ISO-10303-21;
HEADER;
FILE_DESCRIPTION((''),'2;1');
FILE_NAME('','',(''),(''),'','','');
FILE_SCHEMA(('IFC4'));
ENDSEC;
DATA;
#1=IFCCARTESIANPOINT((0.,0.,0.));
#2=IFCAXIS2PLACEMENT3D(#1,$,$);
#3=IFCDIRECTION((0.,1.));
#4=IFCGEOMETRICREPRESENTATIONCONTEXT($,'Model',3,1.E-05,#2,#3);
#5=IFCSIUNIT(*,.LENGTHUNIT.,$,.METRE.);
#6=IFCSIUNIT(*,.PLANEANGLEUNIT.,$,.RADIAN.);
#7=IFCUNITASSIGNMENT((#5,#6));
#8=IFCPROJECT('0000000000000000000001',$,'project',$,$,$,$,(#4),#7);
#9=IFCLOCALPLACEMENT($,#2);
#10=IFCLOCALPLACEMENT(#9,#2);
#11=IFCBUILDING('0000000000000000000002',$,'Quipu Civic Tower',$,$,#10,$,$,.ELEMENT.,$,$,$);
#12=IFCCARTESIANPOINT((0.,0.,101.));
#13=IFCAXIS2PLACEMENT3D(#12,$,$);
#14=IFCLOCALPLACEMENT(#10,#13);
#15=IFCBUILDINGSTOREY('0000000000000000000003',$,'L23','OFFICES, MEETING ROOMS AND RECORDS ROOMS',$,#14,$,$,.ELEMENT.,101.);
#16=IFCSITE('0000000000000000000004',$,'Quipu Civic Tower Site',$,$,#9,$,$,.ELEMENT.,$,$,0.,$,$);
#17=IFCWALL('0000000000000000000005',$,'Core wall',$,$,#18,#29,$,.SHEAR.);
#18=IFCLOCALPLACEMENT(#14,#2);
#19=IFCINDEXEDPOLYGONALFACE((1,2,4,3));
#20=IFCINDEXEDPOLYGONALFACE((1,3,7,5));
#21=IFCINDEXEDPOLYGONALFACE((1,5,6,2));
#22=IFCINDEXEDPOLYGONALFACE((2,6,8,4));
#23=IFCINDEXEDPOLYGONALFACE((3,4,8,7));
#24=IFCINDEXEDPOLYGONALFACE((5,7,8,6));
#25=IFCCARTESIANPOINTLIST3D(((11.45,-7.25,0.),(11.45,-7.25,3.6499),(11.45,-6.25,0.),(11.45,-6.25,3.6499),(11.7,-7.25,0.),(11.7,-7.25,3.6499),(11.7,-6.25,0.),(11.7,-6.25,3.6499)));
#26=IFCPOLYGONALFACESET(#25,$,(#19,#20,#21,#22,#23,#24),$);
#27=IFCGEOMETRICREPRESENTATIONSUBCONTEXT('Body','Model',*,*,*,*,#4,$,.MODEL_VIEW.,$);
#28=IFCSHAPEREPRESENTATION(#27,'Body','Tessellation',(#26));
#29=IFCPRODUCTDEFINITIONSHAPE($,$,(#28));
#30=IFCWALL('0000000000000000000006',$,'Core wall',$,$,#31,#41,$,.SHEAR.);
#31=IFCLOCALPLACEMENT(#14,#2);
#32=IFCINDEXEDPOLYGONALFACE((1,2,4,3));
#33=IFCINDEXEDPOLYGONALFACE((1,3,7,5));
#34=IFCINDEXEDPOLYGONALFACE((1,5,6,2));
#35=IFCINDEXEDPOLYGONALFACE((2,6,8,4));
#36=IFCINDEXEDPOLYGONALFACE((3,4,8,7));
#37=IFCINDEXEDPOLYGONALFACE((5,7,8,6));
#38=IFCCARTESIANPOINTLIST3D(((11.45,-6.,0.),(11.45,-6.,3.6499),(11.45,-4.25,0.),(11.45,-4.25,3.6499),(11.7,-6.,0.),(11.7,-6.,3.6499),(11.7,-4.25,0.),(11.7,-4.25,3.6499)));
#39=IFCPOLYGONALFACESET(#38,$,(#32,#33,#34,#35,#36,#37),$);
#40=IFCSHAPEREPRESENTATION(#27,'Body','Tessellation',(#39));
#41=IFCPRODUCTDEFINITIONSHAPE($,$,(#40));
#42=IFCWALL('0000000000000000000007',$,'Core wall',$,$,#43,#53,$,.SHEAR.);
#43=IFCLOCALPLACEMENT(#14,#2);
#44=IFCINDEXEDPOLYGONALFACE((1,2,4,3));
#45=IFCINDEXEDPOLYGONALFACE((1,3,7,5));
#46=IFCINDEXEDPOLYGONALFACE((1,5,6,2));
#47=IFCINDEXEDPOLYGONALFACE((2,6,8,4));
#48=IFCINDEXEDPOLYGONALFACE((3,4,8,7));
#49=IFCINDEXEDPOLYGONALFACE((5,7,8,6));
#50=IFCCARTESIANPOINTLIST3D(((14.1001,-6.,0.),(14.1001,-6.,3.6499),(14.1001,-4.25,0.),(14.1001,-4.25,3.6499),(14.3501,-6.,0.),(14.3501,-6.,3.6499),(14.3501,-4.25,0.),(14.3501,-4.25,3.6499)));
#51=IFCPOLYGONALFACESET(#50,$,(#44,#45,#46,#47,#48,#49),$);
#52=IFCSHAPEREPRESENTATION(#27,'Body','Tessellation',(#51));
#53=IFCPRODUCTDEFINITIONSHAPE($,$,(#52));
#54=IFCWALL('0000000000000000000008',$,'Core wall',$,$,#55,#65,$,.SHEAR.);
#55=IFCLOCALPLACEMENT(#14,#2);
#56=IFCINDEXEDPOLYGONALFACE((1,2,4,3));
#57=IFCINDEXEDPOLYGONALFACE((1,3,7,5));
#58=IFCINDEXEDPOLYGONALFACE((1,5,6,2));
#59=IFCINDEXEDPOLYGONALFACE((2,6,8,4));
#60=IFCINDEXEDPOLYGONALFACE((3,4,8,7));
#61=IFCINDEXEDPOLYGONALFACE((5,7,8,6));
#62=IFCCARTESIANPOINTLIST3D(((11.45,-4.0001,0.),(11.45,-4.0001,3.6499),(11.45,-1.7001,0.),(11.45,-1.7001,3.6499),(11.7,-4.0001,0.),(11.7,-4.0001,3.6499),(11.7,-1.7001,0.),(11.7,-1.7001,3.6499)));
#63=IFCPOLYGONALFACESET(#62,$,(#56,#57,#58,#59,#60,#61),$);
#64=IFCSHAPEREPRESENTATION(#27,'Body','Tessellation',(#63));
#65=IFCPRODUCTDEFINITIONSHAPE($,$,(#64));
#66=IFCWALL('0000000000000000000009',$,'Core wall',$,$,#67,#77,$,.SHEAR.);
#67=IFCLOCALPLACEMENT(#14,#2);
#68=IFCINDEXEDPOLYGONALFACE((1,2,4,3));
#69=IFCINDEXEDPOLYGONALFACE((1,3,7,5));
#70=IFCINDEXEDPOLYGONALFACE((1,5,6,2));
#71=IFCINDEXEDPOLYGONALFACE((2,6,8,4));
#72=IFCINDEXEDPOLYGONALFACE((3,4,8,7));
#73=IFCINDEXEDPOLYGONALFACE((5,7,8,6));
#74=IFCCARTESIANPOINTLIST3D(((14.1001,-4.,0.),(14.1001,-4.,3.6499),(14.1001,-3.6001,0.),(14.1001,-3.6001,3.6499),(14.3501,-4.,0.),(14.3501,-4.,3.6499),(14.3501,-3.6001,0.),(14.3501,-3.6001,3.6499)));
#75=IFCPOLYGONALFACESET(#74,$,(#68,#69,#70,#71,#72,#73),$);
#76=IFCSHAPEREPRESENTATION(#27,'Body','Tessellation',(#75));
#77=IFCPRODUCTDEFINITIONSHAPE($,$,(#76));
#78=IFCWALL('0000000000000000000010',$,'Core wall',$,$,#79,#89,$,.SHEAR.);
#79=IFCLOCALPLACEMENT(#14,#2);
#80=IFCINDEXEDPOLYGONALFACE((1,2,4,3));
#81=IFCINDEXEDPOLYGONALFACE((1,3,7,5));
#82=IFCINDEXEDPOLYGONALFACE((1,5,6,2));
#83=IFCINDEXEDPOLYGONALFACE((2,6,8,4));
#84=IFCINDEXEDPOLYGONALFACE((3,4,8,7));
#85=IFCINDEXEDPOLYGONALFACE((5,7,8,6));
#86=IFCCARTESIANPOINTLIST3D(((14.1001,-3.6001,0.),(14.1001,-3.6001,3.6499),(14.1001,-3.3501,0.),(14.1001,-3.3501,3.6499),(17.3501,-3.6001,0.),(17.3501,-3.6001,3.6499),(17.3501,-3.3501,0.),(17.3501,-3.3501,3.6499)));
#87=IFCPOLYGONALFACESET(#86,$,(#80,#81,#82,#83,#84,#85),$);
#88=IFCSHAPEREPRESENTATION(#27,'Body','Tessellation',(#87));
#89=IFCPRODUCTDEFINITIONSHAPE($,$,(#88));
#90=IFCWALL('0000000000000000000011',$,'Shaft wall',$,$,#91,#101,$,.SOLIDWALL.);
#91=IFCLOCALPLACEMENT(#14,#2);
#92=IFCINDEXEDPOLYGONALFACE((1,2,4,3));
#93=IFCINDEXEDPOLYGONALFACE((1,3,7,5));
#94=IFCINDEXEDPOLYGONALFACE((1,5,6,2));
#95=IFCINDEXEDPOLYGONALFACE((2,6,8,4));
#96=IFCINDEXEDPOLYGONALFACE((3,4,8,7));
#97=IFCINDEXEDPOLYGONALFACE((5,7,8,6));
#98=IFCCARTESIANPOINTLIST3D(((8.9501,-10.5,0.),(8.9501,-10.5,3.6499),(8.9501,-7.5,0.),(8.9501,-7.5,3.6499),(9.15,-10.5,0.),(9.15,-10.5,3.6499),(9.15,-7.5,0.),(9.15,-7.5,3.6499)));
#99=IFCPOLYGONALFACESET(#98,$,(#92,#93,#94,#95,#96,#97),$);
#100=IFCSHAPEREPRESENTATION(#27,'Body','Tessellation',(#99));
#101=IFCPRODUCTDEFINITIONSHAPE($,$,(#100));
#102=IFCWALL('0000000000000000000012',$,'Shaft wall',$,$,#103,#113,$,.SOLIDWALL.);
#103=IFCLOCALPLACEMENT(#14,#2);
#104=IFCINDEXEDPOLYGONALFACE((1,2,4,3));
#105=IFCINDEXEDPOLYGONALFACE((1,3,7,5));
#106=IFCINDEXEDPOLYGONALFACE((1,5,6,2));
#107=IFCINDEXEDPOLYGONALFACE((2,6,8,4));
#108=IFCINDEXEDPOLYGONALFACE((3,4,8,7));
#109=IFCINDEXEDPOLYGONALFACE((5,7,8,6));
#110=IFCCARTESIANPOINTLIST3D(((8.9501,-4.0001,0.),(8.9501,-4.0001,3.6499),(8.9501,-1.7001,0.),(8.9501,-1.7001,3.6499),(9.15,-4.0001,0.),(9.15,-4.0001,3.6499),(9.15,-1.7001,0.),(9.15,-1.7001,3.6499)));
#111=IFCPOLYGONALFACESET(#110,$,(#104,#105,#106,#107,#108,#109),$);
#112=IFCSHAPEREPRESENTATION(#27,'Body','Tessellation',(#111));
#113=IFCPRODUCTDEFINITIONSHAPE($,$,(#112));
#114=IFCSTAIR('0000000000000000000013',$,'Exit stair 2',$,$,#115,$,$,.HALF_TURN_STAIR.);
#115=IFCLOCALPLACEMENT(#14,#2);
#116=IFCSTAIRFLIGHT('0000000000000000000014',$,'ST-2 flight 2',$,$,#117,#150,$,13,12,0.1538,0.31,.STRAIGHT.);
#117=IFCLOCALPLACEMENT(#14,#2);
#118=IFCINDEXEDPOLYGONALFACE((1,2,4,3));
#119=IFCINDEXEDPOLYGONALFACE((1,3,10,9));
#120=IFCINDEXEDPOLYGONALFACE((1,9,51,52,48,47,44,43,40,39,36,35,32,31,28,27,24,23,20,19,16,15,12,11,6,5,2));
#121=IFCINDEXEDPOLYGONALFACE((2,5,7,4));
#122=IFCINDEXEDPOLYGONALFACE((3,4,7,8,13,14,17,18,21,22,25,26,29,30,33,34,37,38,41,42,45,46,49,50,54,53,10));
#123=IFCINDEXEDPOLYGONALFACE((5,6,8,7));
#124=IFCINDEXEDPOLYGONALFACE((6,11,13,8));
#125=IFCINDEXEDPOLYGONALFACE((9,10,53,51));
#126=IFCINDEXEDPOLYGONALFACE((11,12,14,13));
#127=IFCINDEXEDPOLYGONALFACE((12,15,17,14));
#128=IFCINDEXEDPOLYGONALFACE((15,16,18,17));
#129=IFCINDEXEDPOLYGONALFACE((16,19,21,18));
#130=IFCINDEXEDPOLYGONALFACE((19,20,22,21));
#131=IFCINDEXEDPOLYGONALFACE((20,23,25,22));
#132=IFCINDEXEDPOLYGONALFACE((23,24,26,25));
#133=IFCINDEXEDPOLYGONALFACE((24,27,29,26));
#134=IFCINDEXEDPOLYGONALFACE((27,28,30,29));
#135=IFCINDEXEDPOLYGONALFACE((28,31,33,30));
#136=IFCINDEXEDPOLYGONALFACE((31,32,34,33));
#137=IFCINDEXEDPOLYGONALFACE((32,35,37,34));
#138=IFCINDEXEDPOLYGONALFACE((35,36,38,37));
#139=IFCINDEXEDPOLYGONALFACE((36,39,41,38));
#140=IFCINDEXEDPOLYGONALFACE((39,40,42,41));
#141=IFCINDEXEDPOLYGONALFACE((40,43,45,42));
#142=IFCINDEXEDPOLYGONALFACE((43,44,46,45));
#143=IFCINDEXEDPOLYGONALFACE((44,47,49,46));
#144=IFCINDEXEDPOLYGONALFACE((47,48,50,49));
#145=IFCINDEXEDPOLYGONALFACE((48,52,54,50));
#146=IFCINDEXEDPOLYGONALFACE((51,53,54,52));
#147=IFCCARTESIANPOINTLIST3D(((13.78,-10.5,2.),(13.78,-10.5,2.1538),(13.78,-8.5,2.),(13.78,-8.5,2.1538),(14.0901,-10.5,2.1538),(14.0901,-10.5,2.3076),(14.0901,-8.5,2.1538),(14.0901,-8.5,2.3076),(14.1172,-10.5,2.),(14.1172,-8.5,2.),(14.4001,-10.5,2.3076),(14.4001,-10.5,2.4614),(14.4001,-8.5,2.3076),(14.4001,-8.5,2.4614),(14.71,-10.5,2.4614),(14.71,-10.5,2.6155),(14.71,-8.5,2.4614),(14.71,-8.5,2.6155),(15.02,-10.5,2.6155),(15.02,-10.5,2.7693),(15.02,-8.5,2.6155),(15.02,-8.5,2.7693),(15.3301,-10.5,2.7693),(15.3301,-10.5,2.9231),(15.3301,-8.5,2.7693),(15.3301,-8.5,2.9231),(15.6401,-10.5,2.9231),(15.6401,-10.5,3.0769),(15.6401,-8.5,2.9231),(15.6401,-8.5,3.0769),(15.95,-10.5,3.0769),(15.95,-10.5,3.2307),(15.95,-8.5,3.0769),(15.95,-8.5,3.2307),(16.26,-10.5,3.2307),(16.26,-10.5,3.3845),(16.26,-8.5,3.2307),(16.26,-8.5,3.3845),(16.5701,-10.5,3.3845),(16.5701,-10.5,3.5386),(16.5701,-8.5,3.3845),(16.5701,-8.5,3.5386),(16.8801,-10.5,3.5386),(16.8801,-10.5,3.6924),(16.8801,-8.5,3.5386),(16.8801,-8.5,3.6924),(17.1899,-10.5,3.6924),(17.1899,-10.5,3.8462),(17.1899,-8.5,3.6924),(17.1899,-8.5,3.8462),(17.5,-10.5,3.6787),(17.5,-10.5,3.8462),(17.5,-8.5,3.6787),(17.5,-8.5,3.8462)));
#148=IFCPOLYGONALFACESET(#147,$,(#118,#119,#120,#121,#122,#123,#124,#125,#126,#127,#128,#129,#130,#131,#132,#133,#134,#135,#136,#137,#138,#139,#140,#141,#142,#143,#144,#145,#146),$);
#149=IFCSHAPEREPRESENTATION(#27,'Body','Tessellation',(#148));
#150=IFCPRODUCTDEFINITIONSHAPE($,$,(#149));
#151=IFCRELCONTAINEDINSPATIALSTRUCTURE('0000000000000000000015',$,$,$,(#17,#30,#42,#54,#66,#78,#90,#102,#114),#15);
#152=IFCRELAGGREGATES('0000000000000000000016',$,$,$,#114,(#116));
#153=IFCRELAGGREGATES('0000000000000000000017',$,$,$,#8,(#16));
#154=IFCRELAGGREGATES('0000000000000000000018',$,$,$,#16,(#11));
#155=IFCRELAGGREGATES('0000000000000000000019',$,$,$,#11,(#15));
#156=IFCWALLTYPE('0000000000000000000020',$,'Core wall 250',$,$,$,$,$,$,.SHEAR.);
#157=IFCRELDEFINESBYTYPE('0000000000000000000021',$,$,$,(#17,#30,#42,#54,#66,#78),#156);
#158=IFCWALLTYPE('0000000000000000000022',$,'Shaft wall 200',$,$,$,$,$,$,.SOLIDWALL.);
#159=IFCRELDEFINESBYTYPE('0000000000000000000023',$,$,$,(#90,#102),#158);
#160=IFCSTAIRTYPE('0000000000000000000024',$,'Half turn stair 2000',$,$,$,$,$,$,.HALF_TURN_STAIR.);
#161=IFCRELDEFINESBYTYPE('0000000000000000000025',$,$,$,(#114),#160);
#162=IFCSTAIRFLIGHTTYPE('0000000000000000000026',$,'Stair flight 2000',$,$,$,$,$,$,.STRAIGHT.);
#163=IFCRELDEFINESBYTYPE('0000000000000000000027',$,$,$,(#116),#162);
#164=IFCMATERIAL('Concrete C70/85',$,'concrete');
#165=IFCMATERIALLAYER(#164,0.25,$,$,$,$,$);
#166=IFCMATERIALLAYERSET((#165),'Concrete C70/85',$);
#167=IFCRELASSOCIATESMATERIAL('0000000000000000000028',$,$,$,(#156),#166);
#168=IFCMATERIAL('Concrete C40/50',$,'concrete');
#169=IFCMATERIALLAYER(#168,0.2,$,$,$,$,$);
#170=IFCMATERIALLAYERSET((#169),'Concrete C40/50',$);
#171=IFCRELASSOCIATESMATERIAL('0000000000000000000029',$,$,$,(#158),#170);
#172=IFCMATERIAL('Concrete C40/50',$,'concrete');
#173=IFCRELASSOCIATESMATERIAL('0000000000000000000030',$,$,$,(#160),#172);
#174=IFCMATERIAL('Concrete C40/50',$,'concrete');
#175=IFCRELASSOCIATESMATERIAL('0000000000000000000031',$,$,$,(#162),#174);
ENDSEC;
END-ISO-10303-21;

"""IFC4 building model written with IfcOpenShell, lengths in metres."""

from ifc_helpers import new_model, si_unit, direction, frame, frame_2d, origin, place, context, subcontext, project, spatial, polyline, rectangle, outline, extrude, material, layer, layer_set, type_object, element, aggregate, save


model = new_model("IFC4")

# Units and contexts
model_context = context("Model", 3, precision=1e-05, world=origin(), true_north=direction((0.0, 1.0)))
body_context = subcontext(model_context, "Body", "Model", "MODEL_VIEW")
ifc_project = project(units=[si_unit("LENGTHUNIT", "METRE"), si_unit("PLANEANGLEUNIT", "RADIAN")], contexts=[model_context])

# Site, building, storey
site_placement = place(None, origin())
site = spatial("IfcSite", under=ifc_project, at=site_placement, Name="Quipu Civic Tower Site", CompositionType="ELEMENT", RefElevation=0.0)
building_placement = place(site_placement, origin())
building = spatial("IfcBuilding", under=site, at=building_placement, Name="Quipu Civic Tower", CompositionType="ELEMENT")
storey_placement = place(building_placement, frame((0.0, 0.0, 101.0)))
storey = spatial("IfcBuildingStorey", under=building, at=storey_placement, Name="L23", Description="OFFICES, MEETING ROOMS AND RECORDS ROOMS", CompositionType="ELEMENT", Elevation=101.0)

# Shared definitions
ifc_material_1 = material(Name="Concrete C70/85", Category="concrete")
ifc_layer_1 = layer(ifc_material_1, 0.25)
ifc_layer_set_1 = layer_set([ifc_layer_1], Name="Concrete C70/85")
wall_type_1 = type_object("IfcWallType", Name="Core wall 250", PredefinedType="SHEAR", material=ifc_layer_set_1)

# Walls
wall_1_placement = place(storey_placement, frame((11.575, -7.25, 0.0), z_axis=(0.0, 0.0, 1.0), x_axis=(0.0, 1.0, 0.0)))
element("IfcWall", 1, at=wall_1_placement, inside=storey, type_object=wall_type_1, Name="Core wall", PredefinedType="SHEAR", context=body_context, shape_type="SweptSolid", body=[
    extrude(rectangle(XDim=1.0, YDim=0.25, at=frame_2d((0.5, 0.0))), origin(), (0.0, 0.0, 1.0), 3.6499),
])
for number, where, z_axis, x_axis, name in (
    (2, (11.575, -6.0, 0.0), (0.0, 0.0, 1.0), (0.0, 1.0, 0.0), "Core wall"),
    (3, (14.2251, -6.0, 0.0), (0.0, 0.0, 1.0), (0.0, 1.0, 0.0), "Core wall"),
):
    element("IfcWall", number, at=place(storey_placement, frame(where, z_axis=z_axis, x_axis=x_axis)), inside=storey, type_object=wall_type_1, Name=name, PredefinedType="SHEAR", context=body_context, shape_type="SweptSolid", body=[
        extrude(rectangle(XDim=1.75, YDim=0.25, at=frame_2d((0.875, 0.0))), origin(), (0.0, 0.0, 1.0), 3.6499),
    ])
wall_2_placement = place(storey_placement, frame((11.575, -4.0, 0.0), z_axis=(0.0, 0.0, 1.0), x_axis=(0.0, 1.0, 0.0)))
element("IfcWall", 4, at=wall_2_placement, inside=storey, type_object=wall_type_1, Name="Core wall", PredefinedType="SHEAR", context=body_context, shape_type="SweptSolid", body=[
    extrude(rectangle(XDim=2.3, YDim=0.25, at=frame_2d((1.1499, 0.0))), origin(), (0.0, 0.0, 1.0), 3.6499),
])
wall_3_placement = place(storey_placement, frame((14.2251, -4.0, 0.0), z_axis=(0.0, 0.0, 1.0), x_axis=(0.0, 1.0, 0.0)))
element("IfcWall", 5, at=wall_3_placement, inside=storey, type_object=wall_type_1, Name="Core wall", PredefinedType="SHEAR", context=body_context, shape_type="SweptSolid", body=[
    extrude(rectangle(XDim=0.3999, YDim=0.25, at=frame_2d((0.2, 0.0))), origin(), (0.0, 0.0, 1.0), 3.6499),
])
wall_4_placement = place(storey_placement, frame((14.1001, -3.4751, 0.0), z_axis=(0.0, 0.0, 1.0), x_axis=(1.0, 0.0, 0.0)))
element("IfcWall", 6, at=wall_4_placement, inside=storey, type_object=wall_type_1, Name="Core wall", PredefinedType="SHEAR", context=body_context, shape_type="SweptSolid", body=[
    extrude(rectangle(XDim=3.25, YDim=0.25, at=frame_2d((1.625, 0.0))), origin(), (0.0, 0.0, 1.0), 3.6499),
])
ifc_material_2 = material(Name="Concrete C40/50", Category="concrete")
ifc_layer_2 = layer(ifc_material_2, 0.2)
ifc_layer_set_2 = layer_set([ifc_layer_2], Name="Concrete C40/50")
wall_type_2 = type_object("IfcWallType", Name="Shaft wall 200", PredefinedType="SOLIDWALL", material=ifc_layer_set_2)
wall_5_placement = place(storey_placement, frame((9.05, -10.5, 0.0), z_axis=(0.0, 0.0, 1.0), x_axis=(0.0, 1.0, 0.0)))
element("IfcWall", 7, at=wall_5_placement, inside=storey, type_object=wall_type_2, Name="Shaft wall", PredefinedType="SOLIDWALL", context=body_context, shape_type="SweptSolid", body=[
    extrude(rectangle(XDim=3.0, YDim=0.2, at=frame_2d((1.5, 0.0))), origin(), (0.0, 0.0, 1.0), 3.6499),
])
wall_6_placement = place(storey_placement, frame((9.05, -4.0, 0.0), z_axis=(0.0, 0.0, 1.0), x_axis=(0.0, 1.0, 0.0)))
element("IfcWall", 8, at=wall_6_placement, inside=storey, type_object=wall_type_2, Name="Shaft wall", PredefinedType="SOLIDWALL", context=body_context, shape_type="SweptSolid", body=[
    extrude(rectangle(XDim=2.3, YDim=0.2, at=frame_2d((1.1499, 0.0))), origin(), (0.0, 0.0, 1.0), 3.6499),
])

# Stair, stair flight
ifc_material_3 = material(Name="Concrete C40/50", Category="concrete")
stair_type = type_object("IfcStairType", Name="Half turn stair 2000", PredefinedType="HALF_TURN_STAIR", material=ifc_material_3)
stair_placement = place(storey_placement, origin())
stair = element("IfcStair", 9, at=stair_placement, inside=storey, type_object=stair_type, Name="Exit stair 2", PredefinedType="HALF_TURN_STAIR")
ifc_material_4 = material(Name="Concrete C40/50", Category="concrete")
stair_flight_type = type_object("IfcStairFlightType", Name="Stair flight 2000", PredefinedType="STRAIGHT", material=ifc_material_4)
stair_flight_placement = place(storey_placement, frame((13.78, -9.5, 2.0), z_axis=(0.0, 0.0, 1.0), x_axis=(1.0, 0.0, 0.0)))
stair_flight = element("IfcStairFlight", 10, at=stair_flight_placement, type_object=stair_flight_type, Name="ST-2 flight 2", NumberOfRisers=13, NumberOfTreads=12, PredefinedType="STRAIGHT", RiserHeight=0.1538, TreadLength=0.31, context=body_context, shape_type="SweptSolid", body=[
    extrude(outline(polyline([(0.0, 0.0), (0.0, 0.1538), (0.3101, 0.1538), (0.3101, 0.3076), (0.6201, 0.3076), (0.6201, 0.4614), (0.9299, 0.4614), (0.9299, 0.6155), (1.24, 0.6155), (1.24, 0.7693), (1.55, 0.7693), (1.55, 0.9231), (1.8601, 0.9231), (1.8601, 1.0769), (2.1699, 1.0769), (2.1699, 1.2307), (2.48, 1.2307), (2.48, 1.3845), (2.79, 1.3845), (2.79, 1.5386), (3.1001, 1.5386), (3.1001, 1.6924), (3.4099, 1.6924), (3.4099, 1.8462), (3.72, 1.8462), (3.72, 2.0), (3.72, 1.6787), (0.3372, 0.0), (0.0, 0.0)])), frame((0.0, 1.0, 0.0), z_axis=(0.0, -1.0, 0.0), x_axis=(1.0, 0.0, 0.0)), (0.0, 0.0, 1.0), 2.0),
])
aggregate(stair, [stair_flight])

save(model, "model.ifc")
